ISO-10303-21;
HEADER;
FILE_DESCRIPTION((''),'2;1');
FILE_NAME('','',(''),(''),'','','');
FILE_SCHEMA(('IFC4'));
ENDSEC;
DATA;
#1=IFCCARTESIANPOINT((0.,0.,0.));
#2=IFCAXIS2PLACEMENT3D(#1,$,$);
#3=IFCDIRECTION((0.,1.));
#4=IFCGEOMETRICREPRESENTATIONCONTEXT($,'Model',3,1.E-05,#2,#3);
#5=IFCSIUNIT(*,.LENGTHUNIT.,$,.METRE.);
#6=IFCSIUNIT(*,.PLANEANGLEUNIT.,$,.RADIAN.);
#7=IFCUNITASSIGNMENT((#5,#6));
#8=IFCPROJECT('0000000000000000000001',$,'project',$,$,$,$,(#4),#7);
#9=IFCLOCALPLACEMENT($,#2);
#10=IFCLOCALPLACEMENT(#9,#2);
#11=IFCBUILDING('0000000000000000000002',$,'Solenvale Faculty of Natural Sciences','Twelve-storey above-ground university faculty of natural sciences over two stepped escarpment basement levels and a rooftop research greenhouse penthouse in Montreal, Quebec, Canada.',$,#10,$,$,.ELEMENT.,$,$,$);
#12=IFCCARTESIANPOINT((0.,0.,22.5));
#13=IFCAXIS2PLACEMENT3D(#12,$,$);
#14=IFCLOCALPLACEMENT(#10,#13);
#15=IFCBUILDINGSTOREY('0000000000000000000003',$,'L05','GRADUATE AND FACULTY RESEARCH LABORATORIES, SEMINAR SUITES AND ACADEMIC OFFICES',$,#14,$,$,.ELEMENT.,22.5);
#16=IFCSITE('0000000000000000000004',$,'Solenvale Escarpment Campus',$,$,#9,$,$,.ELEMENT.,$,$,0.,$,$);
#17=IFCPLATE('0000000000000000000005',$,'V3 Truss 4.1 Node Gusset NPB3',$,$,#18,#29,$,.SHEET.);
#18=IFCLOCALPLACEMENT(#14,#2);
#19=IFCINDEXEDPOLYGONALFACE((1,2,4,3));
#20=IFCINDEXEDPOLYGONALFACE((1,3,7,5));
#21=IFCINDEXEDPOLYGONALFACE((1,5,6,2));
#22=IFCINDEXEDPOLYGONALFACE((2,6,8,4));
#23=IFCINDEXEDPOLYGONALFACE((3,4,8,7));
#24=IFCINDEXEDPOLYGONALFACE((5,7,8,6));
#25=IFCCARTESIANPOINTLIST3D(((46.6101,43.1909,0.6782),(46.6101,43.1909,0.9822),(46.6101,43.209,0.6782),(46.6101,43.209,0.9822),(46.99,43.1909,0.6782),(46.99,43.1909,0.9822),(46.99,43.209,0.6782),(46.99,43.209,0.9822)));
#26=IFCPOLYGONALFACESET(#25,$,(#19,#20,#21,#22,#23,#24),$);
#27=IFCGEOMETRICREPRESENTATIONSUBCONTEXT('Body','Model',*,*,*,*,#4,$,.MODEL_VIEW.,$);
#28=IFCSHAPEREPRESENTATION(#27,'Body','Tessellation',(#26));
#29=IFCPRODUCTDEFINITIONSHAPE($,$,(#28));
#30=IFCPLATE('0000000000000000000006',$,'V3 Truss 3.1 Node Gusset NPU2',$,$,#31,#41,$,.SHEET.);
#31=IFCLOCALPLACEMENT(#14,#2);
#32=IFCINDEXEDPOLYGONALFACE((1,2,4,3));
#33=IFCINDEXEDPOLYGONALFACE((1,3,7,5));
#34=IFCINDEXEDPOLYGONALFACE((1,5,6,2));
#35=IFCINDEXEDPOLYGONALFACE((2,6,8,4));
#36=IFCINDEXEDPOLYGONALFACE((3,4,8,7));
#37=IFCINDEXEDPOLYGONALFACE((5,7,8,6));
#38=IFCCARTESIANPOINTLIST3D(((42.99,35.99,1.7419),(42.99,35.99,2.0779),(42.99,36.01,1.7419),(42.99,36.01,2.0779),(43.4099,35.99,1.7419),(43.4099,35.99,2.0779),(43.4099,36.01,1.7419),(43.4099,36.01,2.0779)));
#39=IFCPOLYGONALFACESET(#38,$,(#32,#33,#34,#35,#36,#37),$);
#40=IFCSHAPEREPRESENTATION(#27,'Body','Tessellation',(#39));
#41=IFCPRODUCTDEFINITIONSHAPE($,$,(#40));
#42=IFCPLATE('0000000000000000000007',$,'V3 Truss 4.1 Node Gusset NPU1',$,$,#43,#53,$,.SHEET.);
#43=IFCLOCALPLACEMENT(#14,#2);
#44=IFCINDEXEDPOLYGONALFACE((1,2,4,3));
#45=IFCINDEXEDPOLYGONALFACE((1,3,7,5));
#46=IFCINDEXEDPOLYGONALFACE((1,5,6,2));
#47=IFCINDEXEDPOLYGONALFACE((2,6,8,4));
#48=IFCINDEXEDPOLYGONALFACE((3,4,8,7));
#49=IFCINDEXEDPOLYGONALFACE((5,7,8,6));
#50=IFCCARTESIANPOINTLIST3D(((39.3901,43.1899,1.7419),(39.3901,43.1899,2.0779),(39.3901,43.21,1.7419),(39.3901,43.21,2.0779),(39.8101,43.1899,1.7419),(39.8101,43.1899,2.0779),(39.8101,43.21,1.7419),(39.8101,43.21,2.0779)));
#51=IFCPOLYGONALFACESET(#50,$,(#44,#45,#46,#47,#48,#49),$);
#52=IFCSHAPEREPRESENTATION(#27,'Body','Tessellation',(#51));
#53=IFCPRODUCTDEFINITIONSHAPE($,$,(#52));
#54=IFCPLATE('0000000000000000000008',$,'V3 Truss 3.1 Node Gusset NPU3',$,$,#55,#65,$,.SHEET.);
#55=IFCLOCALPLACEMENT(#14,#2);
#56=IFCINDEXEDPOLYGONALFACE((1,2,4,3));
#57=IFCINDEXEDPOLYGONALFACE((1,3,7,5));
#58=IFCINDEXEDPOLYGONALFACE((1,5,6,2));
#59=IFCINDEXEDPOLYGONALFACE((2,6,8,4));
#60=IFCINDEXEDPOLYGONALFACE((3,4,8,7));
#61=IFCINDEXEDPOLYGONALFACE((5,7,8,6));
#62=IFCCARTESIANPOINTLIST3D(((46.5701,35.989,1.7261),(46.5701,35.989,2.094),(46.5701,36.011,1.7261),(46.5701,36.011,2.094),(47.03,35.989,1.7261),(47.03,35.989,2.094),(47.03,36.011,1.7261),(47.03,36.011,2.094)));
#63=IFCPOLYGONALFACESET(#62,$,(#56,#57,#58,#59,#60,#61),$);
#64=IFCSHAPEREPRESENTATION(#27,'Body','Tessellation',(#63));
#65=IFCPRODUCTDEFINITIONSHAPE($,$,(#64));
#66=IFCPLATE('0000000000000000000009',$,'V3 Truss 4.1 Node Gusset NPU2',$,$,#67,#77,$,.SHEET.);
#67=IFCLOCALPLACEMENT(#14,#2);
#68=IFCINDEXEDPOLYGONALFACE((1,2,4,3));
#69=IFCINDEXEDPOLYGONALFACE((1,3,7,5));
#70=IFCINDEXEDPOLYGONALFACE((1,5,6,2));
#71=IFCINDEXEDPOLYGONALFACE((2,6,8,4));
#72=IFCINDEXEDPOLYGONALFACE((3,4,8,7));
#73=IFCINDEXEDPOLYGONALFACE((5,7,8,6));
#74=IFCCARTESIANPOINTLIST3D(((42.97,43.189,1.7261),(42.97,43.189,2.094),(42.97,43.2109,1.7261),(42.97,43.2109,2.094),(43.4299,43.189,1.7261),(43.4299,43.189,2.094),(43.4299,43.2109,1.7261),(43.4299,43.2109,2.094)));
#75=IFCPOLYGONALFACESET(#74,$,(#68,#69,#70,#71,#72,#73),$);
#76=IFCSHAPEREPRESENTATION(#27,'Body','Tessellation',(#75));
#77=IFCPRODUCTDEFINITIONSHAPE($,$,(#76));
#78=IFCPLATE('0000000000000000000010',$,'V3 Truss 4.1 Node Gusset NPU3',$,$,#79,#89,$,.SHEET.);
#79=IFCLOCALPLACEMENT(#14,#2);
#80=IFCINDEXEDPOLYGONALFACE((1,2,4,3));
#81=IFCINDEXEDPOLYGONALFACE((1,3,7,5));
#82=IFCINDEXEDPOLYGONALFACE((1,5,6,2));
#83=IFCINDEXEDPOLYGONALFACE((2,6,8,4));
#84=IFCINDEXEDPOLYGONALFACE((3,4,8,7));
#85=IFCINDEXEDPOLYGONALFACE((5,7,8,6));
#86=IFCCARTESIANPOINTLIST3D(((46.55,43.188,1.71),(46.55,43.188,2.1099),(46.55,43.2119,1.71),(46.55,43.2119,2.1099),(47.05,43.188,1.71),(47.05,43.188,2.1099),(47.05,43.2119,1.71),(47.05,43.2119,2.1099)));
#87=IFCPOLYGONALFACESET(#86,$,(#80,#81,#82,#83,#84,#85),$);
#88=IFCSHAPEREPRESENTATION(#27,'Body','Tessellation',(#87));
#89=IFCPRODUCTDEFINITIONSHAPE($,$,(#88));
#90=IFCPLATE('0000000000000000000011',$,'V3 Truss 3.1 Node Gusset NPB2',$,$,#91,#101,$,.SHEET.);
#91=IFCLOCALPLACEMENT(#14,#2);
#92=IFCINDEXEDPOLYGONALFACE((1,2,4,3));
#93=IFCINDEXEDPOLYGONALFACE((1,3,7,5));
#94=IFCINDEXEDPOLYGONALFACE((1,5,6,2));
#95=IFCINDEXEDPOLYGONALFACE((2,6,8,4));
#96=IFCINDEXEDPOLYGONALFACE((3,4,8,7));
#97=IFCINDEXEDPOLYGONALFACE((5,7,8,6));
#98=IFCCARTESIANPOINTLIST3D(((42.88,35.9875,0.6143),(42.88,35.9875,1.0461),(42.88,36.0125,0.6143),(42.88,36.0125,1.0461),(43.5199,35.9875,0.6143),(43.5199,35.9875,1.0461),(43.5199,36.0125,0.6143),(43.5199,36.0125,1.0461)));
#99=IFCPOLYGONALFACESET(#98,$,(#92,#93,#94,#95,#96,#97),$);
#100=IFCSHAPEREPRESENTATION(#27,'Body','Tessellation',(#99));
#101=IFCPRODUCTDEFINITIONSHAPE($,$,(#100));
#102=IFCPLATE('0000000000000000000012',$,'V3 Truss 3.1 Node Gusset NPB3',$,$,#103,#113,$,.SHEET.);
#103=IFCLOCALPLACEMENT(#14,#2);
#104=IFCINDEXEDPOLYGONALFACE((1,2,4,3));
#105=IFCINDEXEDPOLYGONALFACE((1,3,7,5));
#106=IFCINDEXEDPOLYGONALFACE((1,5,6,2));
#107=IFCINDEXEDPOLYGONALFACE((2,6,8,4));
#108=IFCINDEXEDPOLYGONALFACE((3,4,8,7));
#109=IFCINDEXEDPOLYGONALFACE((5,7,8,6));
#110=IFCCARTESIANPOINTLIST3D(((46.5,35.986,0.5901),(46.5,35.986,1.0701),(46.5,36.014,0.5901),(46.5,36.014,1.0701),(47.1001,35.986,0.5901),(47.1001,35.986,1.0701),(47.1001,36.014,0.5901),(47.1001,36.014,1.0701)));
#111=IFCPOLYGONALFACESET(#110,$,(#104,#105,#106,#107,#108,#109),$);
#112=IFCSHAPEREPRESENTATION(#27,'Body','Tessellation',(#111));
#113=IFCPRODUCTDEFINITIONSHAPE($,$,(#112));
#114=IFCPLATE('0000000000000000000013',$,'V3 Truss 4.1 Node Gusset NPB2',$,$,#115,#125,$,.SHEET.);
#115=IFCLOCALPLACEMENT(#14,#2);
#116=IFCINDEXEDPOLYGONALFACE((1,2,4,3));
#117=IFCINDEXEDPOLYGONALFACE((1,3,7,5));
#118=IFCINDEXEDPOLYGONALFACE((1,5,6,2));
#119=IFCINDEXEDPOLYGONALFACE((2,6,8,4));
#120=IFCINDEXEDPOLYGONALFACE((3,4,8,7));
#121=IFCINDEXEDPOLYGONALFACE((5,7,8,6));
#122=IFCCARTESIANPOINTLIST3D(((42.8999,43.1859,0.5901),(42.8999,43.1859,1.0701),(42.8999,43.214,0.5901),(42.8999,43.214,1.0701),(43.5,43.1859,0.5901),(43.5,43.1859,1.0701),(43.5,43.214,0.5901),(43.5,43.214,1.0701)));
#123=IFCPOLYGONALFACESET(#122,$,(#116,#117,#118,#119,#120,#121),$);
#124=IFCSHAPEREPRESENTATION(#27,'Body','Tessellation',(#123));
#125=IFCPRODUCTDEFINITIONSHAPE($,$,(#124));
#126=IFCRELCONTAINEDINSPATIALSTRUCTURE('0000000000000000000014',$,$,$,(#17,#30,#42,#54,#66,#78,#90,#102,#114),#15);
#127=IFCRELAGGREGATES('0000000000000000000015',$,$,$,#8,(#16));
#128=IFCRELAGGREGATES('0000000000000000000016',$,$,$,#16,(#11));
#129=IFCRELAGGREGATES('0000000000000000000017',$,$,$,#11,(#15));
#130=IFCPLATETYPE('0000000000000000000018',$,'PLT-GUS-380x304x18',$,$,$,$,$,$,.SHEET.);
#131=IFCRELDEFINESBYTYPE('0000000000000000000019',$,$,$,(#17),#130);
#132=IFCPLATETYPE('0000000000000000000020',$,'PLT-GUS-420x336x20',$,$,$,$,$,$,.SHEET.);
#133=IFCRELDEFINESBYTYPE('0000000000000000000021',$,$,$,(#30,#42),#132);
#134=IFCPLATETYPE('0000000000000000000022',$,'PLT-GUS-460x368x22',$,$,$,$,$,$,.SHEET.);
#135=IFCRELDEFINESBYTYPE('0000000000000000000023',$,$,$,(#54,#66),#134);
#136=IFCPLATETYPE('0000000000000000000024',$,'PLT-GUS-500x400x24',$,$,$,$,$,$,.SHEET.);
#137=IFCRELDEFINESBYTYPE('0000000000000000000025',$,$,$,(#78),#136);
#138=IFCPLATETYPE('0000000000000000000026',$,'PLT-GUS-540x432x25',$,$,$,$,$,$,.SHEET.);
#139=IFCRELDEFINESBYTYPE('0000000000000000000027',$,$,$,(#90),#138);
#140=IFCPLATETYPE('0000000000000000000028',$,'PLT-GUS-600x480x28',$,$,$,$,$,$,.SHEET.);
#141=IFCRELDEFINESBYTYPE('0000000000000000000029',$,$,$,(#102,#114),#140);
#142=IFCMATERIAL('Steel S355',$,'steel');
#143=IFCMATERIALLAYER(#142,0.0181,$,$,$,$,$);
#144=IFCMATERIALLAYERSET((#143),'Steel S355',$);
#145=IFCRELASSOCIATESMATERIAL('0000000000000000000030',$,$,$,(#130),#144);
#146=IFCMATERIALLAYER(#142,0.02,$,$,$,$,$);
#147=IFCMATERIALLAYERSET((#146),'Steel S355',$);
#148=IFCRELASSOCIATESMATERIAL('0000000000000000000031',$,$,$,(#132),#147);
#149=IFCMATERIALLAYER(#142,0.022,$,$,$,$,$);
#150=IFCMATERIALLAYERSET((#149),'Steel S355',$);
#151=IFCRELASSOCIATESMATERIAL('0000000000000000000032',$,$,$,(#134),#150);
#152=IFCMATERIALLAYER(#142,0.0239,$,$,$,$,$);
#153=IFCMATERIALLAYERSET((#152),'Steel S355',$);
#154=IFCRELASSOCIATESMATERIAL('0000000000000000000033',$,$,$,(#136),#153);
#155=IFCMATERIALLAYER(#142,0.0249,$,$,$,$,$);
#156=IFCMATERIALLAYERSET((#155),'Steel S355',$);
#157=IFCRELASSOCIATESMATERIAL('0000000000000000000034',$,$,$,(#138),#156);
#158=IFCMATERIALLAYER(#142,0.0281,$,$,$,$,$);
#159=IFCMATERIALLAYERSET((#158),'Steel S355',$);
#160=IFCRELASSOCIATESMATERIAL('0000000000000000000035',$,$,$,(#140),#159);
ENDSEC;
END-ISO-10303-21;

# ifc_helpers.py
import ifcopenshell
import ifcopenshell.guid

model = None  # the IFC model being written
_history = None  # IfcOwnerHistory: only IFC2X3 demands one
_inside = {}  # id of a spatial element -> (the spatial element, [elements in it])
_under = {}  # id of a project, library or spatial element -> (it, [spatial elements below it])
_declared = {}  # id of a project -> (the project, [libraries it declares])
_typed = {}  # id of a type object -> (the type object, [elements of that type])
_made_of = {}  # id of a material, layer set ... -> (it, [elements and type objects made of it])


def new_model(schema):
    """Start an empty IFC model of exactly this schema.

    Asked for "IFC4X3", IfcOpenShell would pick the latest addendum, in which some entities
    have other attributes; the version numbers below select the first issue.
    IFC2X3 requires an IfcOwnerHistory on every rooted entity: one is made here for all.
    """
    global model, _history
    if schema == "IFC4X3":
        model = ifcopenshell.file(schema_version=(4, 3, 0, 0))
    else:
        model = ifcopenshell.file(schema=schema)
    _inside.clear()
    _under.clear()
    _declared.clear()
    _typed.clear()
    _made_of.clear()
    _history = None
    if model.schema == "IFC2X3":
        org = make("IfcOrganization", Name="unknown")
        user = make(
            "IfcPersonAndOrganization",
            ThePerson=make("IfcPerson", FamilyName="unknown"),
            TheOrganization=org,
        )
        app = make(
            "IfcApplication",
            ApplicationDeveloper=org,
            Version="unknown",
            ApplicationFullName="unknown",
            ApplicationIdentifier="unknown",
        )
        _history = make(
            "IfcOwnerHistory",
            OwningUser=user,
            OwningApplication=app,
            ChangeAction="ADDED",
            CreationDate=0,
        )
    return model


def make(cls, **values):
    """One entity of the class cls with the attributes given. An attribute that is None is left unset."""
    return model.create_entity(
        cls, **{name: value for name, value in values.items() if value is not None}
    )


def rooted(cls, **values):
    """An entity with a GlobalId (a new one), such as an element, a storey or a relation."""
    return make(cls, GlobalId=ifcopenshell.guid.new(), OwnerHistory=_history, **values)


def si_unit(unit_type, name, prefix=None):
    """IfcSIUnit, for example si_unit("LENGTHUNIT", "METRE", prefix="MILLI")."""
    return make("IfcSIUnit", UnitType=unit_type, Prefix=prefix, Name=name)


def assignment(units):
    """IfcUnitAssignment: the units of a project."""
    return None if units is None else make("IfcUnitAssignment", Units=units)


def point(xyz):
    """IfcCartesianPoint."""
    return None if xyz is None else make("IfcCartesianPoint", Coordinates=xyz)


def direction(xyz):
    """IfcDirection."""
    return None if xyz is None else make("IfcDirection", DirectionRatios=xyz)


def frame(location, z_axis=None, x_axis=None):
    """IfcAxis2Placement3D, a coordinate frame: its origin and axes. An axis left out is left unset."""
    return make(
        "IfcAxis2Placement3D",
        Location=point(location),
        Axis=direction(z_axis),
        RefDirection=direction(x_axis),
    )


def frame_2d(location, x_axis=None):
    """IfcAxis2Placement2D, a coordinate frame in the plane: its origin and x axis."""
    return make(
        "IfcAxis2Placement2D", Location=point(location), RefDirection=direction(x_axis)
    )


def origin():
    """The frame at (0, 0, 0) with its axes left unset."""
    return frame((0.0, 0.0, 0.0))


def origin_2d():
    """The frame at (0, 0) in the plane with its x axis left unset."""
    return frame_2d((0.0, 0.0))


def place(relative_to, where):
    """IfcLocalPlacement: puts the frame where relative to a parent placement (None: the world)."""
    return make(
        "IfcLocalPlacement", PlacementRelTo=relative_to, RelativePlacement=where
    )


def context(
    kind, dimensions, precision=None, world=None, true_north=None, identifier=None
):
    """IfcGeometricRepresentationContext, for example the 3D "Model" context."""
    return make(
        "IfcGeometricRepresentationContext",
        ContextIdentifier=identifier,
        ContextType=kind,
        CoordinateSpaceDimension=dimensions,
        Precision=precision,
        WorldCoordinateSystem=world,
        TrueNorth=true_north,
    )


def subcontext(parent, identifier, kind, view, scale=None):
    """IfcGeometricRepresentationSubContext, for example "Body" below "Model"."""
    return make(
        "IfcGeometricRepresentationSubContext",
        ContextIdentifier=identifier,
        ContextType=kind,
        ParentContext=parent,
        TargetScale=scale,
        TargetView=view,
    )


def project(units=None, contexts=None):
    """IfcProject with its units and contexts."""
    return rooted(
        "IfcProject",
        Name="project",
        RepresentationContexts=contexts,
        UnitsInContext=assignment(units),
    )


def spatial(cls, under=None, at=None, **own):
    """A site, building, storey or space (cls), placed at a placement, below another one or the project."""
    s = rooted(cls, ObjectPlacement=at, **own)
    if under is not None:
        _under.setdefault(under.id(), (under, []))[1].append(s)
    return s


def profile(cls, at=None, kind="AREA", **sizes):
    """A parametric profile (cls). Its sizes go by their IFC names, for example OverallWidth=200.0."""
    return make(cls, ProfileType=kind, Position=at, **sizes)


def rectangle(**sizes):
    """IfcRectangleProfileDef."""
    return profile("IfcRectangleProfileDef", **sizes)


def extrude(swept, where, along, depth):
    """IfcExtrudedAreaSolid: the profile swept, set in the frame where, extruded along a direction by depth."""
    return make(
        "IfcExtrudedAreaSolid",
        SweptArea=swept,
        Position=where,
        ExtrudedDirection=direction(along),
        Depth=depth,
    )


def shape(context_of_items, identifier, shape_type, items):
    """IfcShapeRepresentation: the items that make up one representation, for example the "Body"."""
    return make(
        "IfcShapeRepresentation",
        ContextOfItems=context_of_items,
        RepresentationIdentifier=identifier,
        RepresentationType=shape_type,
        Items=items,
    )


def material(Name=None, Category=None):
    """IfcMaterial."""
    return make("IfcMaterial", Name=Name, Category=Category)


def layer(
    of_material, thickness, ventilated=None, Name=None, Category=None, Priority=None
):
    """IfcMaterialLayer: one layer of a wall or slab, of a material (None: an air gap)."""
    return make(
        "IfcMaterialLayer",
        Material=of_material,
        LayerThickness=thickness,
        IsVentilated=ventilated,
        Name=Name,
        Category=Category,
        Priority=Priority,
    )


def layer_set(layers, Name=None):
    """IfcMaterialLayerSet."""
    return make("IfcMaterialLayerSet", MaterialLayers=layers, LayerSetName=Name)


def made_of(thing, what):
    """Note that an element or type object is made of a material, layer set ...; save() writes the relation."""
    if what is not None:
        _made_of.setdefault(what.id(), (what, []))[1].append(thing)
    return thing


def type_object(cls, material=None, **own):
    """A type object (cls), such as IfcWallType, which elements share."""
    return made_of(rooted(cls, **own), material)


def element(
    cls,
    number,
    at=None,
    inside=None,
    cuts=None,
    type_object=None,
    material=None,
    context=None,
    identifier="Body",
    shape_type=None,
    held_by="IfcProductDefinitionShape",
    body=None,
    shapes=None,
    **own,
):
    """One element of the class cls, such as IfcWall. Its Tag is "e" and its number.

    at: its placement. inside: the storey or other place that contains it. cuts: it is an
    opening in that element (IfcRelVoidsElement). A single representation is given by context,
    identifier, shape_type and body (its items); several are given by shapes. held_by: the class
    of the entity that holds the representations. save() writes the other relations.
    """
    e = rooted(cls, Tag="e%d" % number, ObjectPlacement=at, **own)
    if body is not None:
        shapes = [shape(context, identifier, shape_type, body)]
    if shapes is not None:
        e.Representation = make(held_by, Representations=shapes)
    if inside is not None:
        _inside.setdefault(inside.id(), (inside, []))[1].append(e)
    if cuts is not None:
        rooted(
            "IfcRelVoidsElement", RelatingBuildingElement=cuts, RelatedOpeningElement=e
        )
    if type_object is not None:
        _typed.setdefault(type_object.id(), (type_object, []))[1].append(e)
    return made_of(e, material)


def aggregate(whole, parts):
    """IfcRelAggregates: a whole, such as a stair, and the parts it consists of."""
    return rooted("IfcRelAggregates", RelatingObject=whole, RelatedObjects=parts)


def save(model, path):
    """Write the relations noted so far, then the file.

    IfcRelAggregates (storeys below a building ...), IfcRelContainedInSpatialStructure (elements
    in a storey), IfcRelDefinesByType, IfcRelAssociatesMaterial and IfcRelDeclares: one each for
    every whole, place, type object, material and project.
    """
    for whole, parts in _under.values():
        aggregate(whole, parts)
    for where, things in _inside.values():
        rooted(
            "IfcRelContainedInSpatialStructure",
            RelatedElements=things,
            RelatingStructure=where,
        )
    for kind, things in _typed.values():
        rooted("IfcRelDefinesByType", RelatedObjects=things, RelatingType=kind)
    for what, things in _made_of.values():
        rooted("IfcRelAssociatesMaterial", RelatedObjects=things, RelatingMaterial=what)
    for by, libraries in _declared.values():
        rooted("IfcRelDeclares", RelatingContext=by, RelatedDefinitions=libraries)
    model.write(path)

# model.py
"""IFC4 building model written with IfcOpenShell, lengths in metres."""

from ifc_helpers import new_model, si_unit, direction, frame, origin, origin_2d, place, context, subcontext, project, spatial, rectangle, extrude, material, layer, layer_set, type_object, element, save


model = new_model("IFC4")

# Units and contexts
model_context = context("Model", 3, precision=1e-05, world=origin(), true_north=direction((0.0, 1.0)))
body_context = subcontext(model_context, "Body", "Model", "MODEL_VIEW")
ifc_project = project(units=[si_unit("LENGTHUNIT", "METRE"), si_unit("PLANEANGLEUNIT", "RADIAN")], contexts=[model_context])

# Site, building, storey
site_placement = place(None, origin())
site = spatial("IfcSite", under=ifc_project, at=site_placement, Name="Solenvale Escarpment Campus", CompositionType="ELEMENT", RefElevation=0.0)
building_placement = place(site_placement, origin())
building = spatial("IfcBuilding", under=site, at=building_placement, Name="Solenvale Faculty of Natural Sciences", Description="Twelve-storey above-ground university faculty of natural sciences over two stepped escarpment basement levels and a rooftop research greenhouse penthouse in Montreal, Quebec, Canada.", CompositionType="ELEMENT")
storey_placement = place(building_placement, frame((0.0, 0.0, 22.5)))
storey = spatial("IfcBuildingStorey", under=building, at=storey_placement, Name="L05", Description="GRADUATE AND FACULTY RESEARCH LABORATORIES, SEMINAR SUITES AND ACADEMIC OFFICES", CompositionType="ELEMENT", Elevation=22.5)

# Shared definitions
ifc_material_1 = material(Name="Steel S355", Category="steel")

# Plates
ifc_layer_1 = layer(ifc_material_1, 0.0181)
ifc_layer_set_1 = layer_set([ifc_layer_1], Name="Steel S355")
plate_type_1 = type_object("IfcPlateType", Name="PLT-GUS-380x304x18", PredefinedType="SHEET", material=ifc_layer_set_1)
plate_1_placement = place(storey_placement, frame((46.8, 43.2, 0.6782), z_axis=(0.0, 0.0, 1.0), x_axis=(1.0, 0.0, 0.0)))
element("IfcPlate", 1, at=plate_1_placement, inside=storey, type_object=plate_type_1, Name="V3 Truss 4.1 Node Gusset NPB3", PredefinedType="SHEET", context=body_context, shape_type="SweptSolid", body=[
    extrude(rectangle(XDim=0.3799, YDim=0.0181, at=origin_2d()), origin(), (0.0, 0.0, 1.0), 0.304),
])
ifc_layer_2 = layer(ifc_material_1, 0.02)
ifc_layer_set_2 = layer_set([ifc_layer_2], Name="Steel S355")
plate_type_2 = type_object("IfcPlateType", Name="PLT-GUS-420x336x20", PredefinedType="SHEET", material=ifc_layer_set_2)
for number, where, z_axis, x_axis, name in (
    (2, (43.2, 36.0, 1.7419), (0.0, 0.0, 1.0), (1.0, 0.0, 0.0), "V3 Truss 3.1 Node Gusset NPU2"),
    (3, (39.6001, 43.2, 1.7419), (0.0, 0.0, 1.0), (1.0, 0.0, 0.0), "V3 Truss 4.1 Node Gusset NPU1"),
):
    element("IfcPlate", number, at=place(storey_placement, frame(where, z_axis=z_axis, x_axis=x_axis)), inside=storey, type_object=plate_type_2, Name=name, PredefinedType="SHEET", context=body_context, shape_type="SweptSolid", body=[
        extrude(rectangle(XDim=0.4199, YDim=0.02, at=origin_2d()), origin(), (0.0, 0.0, 1.0), 0.3359),
    ])
ifc_layer_3 = layer(ifc_material_1, 0.022)
ifc_layer_set_3 = layer_set([ifc_layer_3], Name="Steel S355")
plate_type_3 = type_object("IfcPlateType", Name="PLT-GUS-460x368x22", PredefinedType="SHEET", material=ifc_layer_set_3)
for number, where, z_axis, x_axis, name in (
    (4, (46.8, 36.0, 1.7261), (0.0, 0.0, 1.0), (1.0, 0.0, 0.0), "V3 Truss 3.1 Node Gusset NPU3"),
    (5, (43.2, 43.2, 1.7261), (0.0, 0.0, 1.0), (1.0, 0.0, 0.0), "V3 Truss 4.1 Node Gusset NPU2"),
):
    element("IfcPlate", number, at=place(storey_placement, frame(where, z_axis=z_axis, x_axis=x_axis)), inside=storey, type_object=plate_type_3, Name=name, PredefinedType="SHEET", context=body_context, shape_type="SweptSolid", body=[
        extrude(rectangle(XDim=0.46, YDim=0.022, at=origin_2d()), origin(), (0.0, 0.0, 1.0), 0.3679),
    ])
ifc_layer_4 = layer(ifc_material_1, 0.0239)
ifc_layer_set_4 = layer_set([ifc_layer_4], Name="Steel S355")
plate_type_4 = type_object("IfcPlateType", Name="PLT-GUS-500x400x24", PredefinedType="SHEET", material=ifc_layer_set_4)
plate_2_placement = place(storey_placement, frame((46.8, 43.2, 1.71), z_axis=(0.0, 0.0, 1.0), x_axis=(1.0, 0.0, 0.0)))
element("IfcPlate", 6, at=plate_2_placement, inside=storey, type_object=plate_type_4, Name="V3 Truss 4.1 Node Gusset NPU3", PredefinedType="SHEET", context=body_context, shape_type="SweptSolid", body=[
    extrude(rectangle(XDim=0.5, YDim=0.0239, at=origin_2d()), origin(), (0.0, 0.0, 1.0), 0.3999),
])
ifc_layer_5 = layer(ifc_material_1, 0.0249)
ifc_layer_set_5 = layer_set([ifc_layer_5], Name="Steel S355")
plate_type_5 = type_object("IfcPlateType", Name="PLT-GUS-540x432x25", PredefinedType="SHEET", material=ifc_layer_set_5)
plate_3_placement = place(storey_placement, frame((43.2, 36.0, 0.6143), z_axis=(0.0, 0.0, 1.0), x_axis=(1.0, 0.0, 0.0)))
element("IfcPlate", 7, at=plate_3_placement, inside=storey, type_object=plate_type_5, Name="V3 Truss 3.1 Node Gusset NPB2", PredefinedType="SHEET", context=body_context, shape_type="SweptSolid", body=[
    extrude(rectangle(XDim=0.6399, YDim=0.0249, at=origin_2d()), origin(), (0.0, 0.0, 1.0), 0.4319),
])
ifc_layer_6 = layer(ifc_material_1, 0.0281)
ifc_layer_set_6 = layer_set([ifc_layer_6], Name="Steel S355")
plate_type_6 = type_object("IfcPlateType", Name="PLT-GUS-600x480x28", PredefinedType="SHEET", material=ifc_layer_set_6)
for number, where, z_axis, x_axis, name in (
    (8, (46.8, 36.0, 0.5901), (0.0, 0.0, 1.0), (1.0, 0.0, 0.0), "V3 Truss 3.1 Node Gusset NPB3"),
    (9, (43.2, 43.2, 0.5901), (0.0, 0.0, 1.0), (1.0, 0.0, 0.0), "V3 Truss 4.1 Node Gusset NPB2"),
):
    element("IfcPlate", number, at=place(storey_placement, frame(where, z_axis=z_axis, x_axis=x_axis)), inside=storey, type_object=plate_type_6, Name=name, PredefinedType="SHEET", context=body_context, shape_type="SweptSolid", body=[
        extrude(rectangle(XDim=0.6001, YDim=0.0281, at=origin_2d()), origin(), (0.0, 0.0, 1.0), 0.48),
    ])

save(model, "model.ifc")
